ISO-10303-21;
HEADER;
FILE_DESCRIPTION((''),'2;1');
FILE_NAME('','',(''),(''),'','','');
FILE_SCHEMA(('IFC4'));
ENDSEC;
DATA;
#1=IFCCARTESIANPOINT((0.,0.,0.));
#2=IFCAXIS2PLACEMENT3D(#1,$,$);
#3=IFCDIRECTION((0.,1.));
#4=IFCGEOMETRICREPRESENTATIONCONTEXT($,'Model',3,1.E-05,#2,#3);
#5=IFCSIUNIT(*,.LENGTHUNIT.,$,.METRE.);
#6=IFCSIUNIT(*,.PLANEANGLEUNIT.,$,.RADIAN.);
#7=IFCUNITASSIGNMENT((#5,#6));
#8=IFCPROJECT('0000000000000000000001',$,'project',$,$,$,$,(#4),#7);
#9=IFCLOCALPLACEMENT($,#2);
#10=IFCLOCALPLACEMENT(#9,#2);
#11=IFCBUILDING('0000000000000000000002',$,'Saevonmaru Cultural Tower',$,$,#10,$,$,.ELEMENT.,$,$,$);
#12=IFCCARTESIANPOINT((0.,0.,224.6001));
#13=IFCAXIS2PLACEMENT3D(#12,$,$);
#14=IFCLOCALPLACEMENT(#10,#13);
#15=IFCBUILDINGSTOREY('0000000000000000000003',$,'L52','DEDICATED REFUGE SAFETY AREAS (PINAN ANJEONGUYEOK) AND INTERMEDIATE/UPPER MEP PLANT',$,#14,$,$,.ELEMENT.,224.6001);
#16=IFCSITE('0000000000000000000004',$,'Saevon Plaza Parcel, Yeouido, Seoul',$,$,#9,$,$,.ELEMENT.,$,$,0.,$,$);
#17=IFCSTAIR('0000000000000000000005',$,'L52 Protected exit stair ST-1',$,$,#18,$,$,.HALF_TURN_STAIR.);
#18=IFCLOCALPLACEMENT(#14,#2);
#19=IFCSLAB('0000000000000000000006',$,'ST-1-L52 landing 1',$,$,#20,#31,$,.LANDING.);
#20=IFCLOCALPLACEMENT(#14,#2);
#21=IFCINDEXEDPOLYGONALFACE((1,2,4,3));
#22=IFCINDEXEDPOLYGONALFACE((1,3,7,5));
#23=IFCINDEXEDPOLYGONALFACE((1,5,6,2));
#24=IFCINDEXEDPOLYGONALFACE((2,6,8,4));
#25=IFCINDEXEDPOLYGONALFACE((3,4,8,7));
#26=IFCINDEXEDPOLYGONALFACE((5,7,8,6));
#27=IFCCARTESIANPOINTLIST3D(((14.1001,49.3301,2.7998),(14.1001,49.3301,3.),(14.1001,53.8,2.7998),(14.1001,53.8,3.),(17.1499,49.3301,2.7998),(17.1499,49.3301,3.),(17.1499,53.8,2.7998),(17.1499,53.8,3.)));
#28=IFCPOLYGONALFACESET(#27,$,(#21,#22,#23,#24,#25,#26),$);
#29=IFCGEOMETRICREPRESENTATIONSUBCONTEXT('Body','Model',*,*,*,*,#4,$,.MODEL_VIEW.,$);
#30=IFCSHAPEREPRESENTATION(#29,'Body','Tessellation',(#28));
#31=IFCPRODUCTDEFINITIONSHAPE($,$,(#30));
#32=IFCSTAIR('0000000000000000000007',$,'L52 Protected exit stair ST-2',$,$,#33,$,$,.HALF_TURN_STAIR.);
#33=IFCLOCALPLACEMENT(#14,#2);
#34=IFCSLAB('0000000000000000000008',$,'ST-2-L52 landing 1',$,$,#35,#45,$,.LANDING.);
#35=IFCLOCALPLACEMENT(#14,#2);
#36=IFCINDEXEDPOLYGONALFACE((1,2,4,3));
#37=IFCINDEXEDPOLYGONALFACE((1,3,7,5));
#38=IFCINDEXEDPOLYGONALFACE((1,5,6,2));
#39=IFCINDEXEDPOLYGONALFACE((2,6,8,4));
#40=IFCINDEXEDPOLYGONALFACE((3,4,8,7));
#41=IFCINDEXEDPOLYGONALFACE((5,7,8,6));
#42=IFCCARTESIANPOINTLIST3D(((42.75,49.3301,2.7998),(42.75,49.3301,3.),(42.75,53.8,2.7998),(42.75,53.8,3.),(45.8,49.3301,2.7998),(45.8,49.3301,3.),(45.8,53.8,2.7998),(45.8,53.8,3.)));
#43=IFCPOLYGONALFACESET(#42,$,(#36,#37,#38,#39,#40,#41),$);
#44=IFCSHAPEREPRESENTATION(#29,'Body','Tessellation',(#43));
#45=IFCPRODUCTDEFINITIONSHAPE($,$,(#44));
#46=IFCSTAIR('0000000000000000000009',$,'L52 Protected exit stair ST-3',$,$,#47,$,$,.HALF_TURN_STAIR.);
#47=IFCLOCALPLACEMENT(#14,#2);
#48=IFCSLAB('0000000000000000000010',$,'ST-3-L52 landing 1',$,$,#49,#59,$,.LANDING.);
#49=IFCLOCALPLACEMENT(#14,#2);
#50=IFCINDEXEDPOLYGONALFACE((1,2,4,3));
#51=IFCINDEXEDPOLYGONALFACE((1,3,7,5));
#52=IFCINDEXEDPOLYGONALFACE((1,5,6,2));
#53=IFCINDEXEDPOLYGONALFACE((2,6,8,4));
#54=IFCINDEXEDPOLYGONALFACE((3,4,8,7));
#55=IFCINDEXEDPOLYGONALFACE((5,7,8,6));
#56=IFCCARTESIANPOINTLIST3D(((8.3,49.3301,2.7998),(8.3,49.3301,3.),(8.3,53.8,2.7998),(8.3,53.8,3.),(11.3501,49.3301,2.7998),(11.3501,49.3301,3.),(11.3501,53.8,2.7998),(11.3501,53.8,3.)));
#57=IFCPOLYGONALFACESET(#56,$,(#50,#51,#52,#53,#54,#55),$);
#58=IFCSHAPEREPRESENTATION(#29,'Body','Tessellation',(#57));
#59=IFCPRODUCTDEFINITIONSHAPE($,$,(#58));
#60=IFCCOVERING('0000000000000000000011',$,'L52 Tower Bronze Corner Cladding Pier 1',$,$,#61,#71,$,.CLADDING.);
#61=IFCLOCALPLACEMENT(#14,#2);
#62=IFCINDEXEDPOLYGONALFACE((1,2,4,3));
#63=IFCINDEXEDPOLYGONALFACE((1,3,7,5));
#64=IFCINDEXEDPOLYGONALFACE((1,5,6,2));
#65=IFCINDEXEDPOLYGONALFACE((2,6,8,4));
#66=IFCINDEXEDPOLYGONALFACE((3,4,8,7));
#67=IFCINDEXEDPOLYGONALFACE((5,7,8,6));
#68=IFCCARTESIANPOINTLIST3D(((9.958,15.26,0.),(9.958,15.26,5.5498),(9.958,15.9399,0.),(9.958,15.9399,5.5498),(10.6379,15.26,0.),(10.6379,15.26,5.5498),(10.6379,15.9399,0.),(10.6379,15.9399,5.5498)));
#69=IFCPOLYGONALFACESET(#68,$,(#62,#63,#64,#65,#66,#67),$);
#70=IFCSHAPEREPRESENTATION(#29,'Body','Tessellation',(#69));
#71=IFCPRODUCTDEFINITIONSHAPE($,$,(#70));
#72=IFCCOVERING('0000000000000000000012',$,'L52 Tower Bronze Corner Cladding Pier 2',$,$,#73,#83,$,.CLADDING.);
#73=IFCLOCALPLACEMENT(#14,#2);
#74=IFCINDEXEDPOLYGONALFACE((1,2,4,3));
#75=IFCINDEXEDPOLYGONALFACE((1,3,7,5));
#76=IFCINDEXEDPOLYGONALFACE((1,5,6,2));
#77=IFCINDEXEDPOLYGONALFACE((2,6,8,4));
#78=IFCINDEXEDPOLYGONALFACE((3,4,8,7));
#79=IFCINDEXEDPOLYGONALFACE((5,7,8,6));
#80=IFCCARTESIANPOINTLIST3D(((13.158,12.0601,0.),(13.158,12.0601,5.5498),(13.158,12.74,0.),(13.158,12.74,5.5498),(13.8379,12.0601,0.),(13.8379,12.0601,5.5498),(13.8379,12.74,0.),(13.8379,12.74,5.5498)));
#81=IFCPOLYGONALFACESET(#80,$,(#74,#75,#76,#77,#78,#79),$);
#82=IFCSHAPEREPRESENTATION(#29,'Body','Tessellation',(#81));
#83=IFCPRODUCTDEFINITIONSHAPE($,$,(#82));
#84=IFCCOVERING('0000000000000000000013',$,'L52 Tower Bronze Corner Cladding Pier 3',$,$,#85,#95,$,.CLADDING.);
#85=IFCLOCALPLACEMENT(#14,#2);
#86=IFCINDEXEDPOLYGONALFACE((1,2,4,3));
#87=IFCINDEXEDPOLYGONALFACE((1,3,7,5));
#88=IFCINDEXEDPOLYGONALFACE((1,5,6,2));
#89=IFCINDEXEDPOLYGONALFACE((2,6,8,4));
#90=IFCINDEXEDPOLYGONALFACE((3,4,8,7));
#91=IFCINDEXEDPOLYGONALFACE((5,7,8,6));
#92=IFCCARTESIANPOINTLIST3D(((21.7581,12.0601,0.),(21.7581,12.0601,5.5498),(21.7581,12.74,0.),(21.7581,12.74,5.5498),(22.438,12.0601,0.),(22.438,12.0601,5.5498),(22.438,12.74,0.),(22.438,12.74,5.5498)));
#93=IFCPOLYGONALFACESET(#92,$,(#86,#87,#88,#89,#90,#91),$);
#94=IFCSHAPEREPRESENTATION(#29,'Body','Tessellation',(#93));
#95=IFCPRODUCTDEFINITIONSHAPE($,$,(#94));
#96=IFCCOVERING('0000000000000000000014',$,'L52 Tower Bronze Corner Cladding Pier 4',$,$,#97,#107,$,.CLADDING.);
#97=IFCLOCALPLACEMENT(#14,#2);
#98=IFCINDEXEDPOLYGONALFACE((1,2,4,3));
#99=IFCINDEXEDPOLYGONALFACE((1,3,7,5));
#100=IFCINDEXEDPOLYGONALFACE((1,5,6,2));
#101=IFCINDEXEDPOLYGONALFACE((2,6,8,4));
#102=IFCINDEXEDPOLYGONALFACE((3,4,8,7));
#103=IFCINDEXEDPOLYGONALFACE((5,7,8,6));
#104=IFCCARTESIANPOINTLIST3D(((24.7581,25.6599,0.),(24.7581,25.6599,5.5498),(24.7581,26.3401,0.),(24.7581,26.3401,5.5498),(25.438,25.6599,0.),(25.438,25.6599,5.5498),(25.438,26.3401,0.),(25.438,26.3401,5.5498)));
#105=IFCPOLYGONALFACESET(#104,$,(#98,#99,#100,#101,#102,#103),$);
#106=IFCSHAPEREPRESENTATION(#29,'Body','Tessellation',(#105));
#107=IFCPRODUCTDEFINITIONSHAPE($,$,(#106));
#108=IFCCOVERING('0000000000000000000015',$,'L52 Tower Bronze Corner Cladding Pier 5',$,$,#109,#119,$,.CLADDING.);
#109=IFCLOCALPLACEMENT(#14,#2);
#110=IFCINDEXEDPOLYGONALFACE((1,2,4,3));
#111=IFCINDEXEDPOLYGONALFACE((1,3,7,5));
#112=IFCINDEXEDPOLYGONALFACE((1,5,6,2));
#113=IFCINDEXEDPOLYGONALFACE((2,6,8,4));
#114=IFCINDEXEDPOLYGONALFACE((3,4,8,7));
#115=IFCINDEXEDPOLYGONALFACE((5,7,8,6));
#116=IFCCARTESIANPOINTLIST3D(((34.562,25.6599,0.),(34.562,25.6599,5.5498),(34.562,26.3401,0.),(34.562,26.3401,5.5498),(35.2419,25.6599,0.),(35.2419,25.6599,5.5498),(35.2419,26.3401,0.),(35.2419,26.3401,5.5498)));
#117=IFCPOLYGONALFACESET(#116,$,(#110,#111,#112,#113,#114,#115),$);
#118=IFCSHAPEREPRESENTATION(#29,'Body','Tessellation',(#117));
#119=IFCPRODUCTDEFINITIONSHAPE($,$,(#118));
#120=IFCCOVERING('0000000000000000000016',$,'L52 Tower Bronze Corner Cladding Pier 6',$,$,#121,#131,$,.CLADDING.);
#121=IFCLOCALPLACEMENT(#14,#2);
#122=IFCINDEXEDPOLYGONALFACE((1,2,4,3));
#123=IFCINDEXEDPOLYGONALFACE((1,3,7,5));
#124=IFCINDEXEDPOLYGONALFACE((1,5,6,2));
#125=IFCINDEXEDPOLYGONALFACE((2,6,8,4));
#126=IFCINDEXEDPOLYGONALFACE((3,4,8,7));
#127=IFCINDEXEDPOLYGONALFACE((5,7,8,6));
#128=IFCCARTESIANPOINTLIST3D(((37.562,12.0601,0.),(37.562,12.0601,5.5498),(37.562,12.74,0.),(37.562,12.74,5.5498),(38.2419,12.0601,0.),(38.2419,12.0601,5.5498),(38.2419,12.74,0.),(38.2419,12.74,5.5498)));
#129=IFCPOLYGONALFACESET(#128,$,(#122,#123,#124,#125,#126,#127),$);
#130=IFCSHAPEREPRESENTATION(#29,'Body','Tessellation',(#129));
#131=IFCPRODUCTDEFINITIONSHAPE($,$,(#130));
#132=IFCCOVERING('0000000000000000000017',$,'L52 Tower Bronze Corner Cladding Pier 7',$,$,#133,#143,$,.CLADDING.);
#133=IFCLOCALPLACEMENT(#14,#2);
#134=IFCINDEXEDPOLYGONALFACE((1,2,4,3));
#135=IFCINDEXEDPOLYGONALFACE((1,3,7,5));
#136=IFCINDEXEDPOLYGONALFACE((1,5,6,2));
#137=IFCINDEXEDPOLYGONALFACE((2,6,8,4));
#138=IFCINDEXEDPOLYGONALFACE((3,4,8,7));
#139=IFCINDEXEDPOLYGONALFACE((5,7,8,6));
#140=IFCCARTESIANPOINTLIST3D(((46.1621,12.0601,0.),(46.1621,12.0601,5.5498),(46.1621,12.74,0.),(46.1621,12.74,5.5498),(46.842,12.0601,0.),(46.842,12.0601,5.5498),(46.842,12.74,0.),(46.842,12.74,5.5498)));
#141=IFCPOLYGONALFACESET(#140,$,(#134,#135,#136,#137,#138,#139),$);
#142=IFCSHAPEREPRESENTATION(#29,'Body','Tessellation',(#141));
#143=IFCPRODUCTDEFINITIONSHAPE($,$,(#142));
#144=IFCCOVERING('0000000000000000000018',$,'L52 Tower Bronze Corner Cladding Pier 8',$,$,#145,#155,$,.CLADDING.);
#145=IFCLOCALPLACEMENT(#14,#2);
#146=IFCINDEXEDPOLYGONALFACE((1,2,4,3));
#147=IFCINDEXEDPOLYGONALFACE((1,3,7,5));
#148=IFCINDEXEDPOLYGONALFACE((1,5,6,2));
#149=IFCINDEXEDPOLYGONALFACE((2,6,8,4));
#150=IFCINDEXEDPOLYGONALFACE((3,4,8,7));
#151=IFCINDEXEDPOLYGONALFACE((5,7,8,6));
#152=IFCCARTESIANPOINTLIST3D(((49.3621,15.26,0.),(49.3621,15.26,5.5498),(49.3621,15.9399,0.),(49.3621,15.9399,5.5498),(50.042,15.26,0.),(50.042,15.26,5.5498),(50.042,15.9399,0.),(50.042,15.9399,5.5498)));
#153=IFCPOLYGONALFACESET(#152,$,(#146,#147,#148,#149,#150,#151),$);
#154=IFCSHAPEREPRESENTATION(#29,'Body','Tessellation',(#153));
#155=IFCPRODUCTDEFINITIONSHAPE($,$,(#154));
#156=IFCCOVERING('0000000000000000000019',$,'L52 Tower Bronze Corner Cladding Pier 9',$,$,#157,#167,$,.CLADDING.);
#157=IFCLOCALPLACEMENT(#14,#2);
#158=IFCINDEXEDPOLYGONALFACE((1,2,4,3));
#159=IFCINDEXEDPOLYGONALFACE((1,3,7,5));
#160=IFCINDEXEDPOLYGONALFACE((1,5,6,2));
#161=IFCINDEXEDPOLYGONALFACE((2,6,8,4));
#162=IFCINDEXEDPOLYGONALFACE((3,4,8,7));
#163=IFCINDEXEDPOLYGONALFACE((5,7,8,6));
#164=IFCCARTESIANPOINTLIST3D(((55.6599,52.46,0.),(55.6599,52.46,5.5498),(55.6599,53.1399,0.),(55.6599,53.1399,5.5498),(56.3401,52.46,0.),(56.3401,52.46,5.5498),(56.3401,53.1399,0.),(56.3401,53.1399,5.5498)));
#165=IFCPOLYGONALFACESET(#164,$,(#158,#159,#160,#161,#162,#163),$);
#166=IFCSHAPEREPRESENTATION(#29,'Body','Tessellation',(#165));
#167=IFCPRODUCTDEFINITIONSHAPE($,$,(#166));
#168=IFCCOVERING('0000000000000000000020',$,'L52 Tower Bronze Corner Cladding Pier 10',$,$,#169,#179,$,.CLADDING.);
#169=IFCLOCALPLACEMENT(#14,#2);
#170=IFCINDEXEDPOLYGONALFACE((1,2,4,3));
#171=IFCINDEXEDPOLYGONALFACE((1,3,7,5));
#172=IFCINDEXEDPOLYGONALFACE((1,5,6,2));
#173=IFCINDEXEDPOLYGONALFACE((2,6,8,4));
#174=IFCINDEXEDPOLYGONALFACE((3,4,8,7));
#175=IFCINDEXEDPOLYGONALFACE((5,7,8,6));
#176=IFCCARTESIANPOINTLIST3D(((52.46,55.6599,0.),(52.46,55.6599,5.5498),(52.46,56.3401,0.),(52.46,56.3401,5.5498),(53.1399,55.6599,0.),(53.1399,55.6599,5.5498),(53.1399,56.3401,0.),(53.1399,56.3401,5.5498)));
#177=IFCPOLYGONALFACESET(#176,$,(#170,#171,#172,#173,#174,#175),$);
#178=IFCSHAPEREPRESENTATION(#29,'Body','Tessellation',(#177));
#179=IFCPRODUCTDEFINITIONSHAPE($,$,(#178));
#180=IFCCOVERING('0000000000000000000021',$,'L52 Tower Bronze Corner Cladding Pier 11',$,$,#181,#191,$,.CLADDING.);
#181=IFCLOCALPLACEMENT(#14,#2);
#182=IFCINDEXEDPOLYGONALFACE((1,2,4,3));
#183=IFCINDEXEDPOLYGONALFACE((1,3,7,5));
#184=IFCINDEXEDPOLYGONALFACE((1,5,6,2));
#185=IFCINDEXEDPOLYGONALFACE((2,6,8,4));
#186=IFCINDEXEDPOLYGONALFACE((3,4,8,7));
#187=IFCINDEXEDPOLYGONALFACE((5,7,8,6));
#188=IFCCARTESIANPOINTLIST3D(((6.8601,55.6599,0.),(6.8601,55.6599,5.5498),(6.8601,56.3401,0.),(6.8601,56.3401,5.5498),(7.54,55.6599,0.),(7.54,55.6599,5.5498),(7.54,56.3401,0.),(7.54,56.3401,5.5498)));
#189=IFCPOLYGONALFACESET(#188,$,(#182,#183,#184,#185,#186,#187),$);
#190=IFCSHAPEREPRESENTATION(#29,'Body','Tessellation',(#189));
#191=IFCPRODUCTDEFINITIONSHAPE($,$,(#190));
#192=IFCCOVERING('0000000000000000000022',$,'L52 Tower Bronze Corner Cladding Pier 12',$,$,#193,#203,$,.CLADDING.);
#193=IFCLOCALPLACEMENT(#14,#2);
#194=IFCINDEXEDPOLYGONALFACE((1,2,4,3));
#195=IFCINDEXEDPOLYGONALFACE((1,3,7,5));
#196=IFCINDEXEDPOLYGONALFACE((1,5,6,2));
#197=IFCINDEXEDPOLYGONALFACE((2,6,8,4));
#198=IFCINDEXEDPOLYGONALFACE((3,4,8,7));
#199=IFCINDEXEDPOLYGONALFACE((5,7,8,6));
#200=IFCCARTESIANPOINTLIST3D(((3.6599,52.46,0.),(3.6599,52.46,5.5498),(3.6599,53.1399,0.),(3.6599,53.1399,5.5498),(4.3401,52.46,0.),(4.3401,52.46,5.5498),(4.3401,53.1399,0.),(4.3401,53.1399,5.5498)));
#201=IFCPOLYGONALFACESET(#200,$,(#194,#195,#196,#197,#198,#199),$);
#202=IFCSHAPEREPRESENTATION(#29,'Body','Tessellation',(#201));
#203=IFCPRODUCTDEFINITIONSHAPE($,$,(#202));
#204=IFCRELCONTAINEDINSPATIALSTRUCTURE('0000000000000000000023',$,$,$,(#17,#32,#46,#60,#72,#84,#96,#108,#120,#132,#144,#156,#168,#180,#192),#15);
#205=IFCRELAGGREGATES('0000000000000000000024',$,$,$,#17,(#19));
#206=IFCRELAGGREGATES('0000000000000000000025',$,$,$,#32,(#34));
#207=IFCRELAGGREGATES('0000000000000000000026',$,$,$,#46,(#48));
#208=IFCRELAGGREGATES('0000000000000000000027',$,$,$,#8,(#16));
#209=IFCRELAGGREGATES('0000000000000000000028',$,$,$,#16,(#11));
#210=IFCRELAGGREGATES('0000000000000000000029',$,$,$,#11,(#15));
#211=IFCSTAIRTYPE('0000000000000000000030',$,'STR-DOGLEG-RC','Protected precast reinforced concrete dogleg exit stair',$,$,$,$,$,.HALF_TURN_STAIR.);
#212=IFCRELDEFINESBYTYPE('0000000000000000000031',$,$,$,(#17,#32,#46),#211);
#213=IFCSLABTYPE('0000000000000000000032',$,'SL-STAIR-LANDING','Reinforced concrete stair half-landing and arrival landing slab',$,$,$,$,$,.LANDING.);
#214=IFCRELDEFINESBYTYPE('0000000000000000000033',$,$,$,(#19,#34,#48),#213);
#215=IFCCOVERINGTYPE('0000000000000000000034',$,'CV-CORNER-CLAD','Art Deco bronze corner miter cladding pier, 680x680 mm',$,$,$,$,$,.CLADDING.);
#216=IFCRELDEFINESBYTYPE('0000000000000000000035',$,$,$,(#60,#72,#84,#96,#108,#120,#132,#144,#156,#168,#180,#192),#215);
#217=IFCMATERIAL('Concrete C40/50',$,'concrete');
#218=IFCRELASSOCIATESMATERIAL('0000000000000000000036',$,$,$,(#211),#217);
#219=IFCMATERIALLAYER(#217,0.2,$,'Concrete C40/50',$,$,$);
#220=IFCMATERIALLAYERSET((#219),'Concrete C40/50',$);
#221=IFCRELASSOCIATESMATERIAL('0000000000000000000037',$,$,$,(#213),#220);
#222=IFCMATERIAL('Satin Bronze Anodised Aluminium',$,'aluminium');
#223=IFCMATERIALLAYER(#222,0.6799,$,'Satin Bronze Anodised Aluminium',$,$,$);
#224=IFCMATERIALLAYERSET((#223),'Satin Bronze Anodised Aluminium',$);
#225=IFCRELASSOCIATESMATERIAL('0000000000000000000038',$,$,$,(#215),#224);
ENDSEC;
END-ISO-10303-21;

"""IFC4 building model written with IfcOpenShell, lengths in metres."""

from ifc_helpers import new_model, si_unit, direction, frame, origin, place, context, subcontext, project, spatial, polyline, outline, extrude, material, layer, layer_set, type_object, element, aggregate, save


model = new_model("IFC4")

# Units and contexts
model_context = context("Model", 3, precision=1e-05, world=origin(), true_north=direction((0.0, 1.0)))
body_context = subcontext(model_context, "Body", "Model", "MODEL_VIEW")
ifc_project = project(units=[si_unit("LENGTHUNIT", "METRE"), si_unit("PLANEANGLEUNIT", "RADIAN")], contexts=[model_context])

# Site, building, storey
site_placement = place(None, origin())
site = spatial("IfcSite", under=ifc_project, at=site_placement, Name="Saevon Plaza Parcel, Yeouido, Seoul", CompositionType="ELEMENT", RefElevation=0.0)
building_placement = place(site_placement, origin())
building = spatial("IfcBuilding", under=site, at=building_placement, Name="Saevonmaru Cultural Tower", CompositionType="ELEMENT")
storey_placement = place(building_placement, frame((0.0, 0.0, 224.6001)))
storey = spatial("IfcBuildingStorey", under=building, at=storey_placement, Name="L52", Description="DEDICATED REFUGE SAFETY AREAS (PINAN ANJEONGUYEOK) AND INTERMEDIATE/UPPER MEP PLANT", CompositionType="ELEMENT", Elevation=224.6001)

# Shared definitions
ifc_material_1 = material(Name="Satin Bronze Anodised Aluminium", Category="aluminium")

# Stairs, slabs
ifc_material_2 = material(Name="Concrete C40/50", Category="concrete")
stair_type = type_object("IfcStairType", Name="STR-DOGLEG-RC", Description="Protected precast reinforced concrete dogleg exit stair", PredefinedType="HALF_TURN_STAIR", material=ifc_material_2)
stair_1_placement = place(storey_placement, origin())
stair_1 = element("IfcStair", 1, at=stair_1_placement, inside=storey, type_object=stair_type, Name="L52 Protected exit stair ST-1", PredefinedType="HALF_TURN_STAIR")
ifc_layer_1 = layer(ifc_material_2, 0.2, Name="Concrete C40/50")
ifc_layer_set_1 = layer_set([ifc_layer_1], Name="Concrete C40/50")
slab_type_1 = type_object("IfcSlabType", Name="SL-STAIR-LANDING", Description="Reinforced concrete stair half-landing and arrival landing slab", PredefinedType="LANDING", material=ifc_layer_set_1)
slab_1_placement = place(storey_placement, frame((0.0, 0.0, 2.7998)))
slab_1 = element("IfcSlab", 2, at=slab_1_placement, type_object=slab_type_1, Name="ST-1-L52 landing 1", PredefinedType="LANDING", context=body_context, shape_type="SweptSolid", body=[
    extrude(outline(polyline([(17.1499, 49.3301), (17.1499, 53.8), (14.1001, 53.8), (14.1001, 49.3301), (17.1499, 49.3301)])), origin(), (0.0, 0.0, 1.0), 0.2002),
])
aggregate(stair_1, [slab_1])
stair_2_placement = place(storey_placement, origin())
stair_2 = element("IfcStair", 3, at=stair_2_placement, inside=storey, type_object=stair_type, Name="L52 Protected exit stair ST-2", PredefinedType="HALF_TURN_STAIR")
slab_2_placement = place(storey_placement, frame((0.0, 0.0, 2.7998)))
slab_2 = element("IfcSlab", 4, at=slab_2_placement, type_object=slab_type_1, Name="ST-2-L52 landing 1", PredefinedType="LANDING", context=body_context, shape_type="SweptSolid", body=[
    extrude(outline(polyline([(45.8, 49.3301), (45.8, 53.8), (42.75, 53.8), (42.75, 49.3301), (45.8, 49.3301)])), origin(), (0.0, 0.0, 1.0), 0.2002),
])
aggregate(stair_2, [slab_2])
stair_3_placement = place(storey_placement, origin())
stair_3 = element("IfcStair", 5, at=stair_3_placement, inside=storey, type_object=stair_type, Name="L52 Protected exit stair ST-3", PredefinedType="HALF_TURN_STAIR")
slab_3_placement = place(storey_placement, frame((0.0, 0.0, 2.7998)))
slab_3 = element("IfcSlab", 6, at=slab_3_placement, type_object=slab_type_1, Name="ST-3-L52 landing 1", PredefinedType="LANDING", context=body_context, shape_type="SweptSolid", body=[
    extrude(outline(polyline([(11.3501, 49.3301), (11.3501, 53.8), (8.3, 53.8), (8.3, 49.3301), (11.3501, 49.3301)])), origin(), (0.0, 0.0, 1.0), 0.2002),
])
aggregate(stair_3, [slab_3])

# Coverings
ifc_layer_2 = layer(ifc_material_1, 0.6799, Name="Satin Bronze Anodised Aluminium")
ifc_layer_set_2 = layer_set([ifc_layer_2], Name="Satin Bronze Anodised Aluminium")
covering_type = type_object("IfcCoveringType", Name="CV-CORNER-CLAD", Description="Art Deco bronze corner miter cladding pier, 680x680 mm", PredefinedType="CLADDING", material=ifc_layer_set_2)
covering_1_placement = place(storey_placement, origin())
element("IfcCovering", 7, at=covering_1_placement, inside=storey, type_object=covering_type, Name="L52 Tower Bronze Corner Cladding Pier 1", PredefinedType="CLADDING", context=body_context, shape_type="SweptSolid", body=[
    extrude(outline(polyline([(9.958, 15.26), (10.6379, 15.26), (10.6379, 15.9399), (9.958, 15.9399), (9.958, 15.26)])), origin(), (0.0, 0.0, 1.0), 5.5498),
])
covering_2_placement = place(storey_placement, origin())
element("IfcCovering", 8, at=covering_2_placement, inside=storey, type_object=covering_type, Name="L52 Tower Bronze Corner Cladding Pier 2", PredefinedType="CLADDING", context=body_context, shape_type="SweptSolid", body=[
    extrude(outline(polyline([(13.158, 12.0601), (13.8379, 12.0601), (13.8379, 12.74), (13.158, 12.74), (13.158, 12.0601)])), origin(), (0.0, 0.0, 1.0), 5.5498),
])
covering_3_placement = place(storey_placement, origin())
element("IfcCovering", 9, at=covering_3_placement, inside=storey, type_object=covering_type, Name="L52 Tower Bronze Corner Cladding Pier 3", PredefinedType="CLADDING", context=body_context, shape_type="SweptSolid", body=[
    extrude(outline(polyline([(21.7581, 12.0601), (22.438, 12.0601), (22.438, 12.74), (21.7581, 12.74), (21.7581, 12.0601)])), origin(), (0.0, 0.0, 1.0), 5.5498),
])
covering_4_placement = place(storey_placement, origin())
element("IfcCovering", 10, at=covering_4_placement, inside=storey, type_object=covering_type, Name="L52 Tower Bronze Corner Cladding Pier 4", PredefinedType="CLADDING", context=body_context, shape_type="SweptSolid", body=[
    extrude(outline(polyline([(24.7581, 25.6599), (25.438, 25.6599), (25.438, 26.3401), (24.7581, 26.3401), (24.7581, 25.6599)])), origin(), (0.0, 0.0, 1.0), 5.5498),
])
covering_5_placement = place(storey_placement, origin())
element("IfcCovering", 11, at=covering_5_placement, inside=storey, type_object=covering_type, Name="L52 Tower Bronze Corner Cladding Pier 5", PredefinedType="CLADDING", context=body_context, shape_type="SweptSolid", body=[
    extrude(outline(polyline([(34.562, 25.6599), (35.2419, 25.6599), (35.2419, 26.3401), (34.562, 26.3401), (34.562, 25.6599)])), origin(), (0.0, 0.0, 1.0), 5.5498),
])
covering_6_placement = place(storey_placement, origin())
element("IfcCovering", 12, at=covering_6_placement, inside=storey, type_object=covering_type, Name="L52 Tower Bronze Corner Cladding Pier 6", PredefinedType="CLADDING", context=body_context, shape_type="SweptSolid", body=[
    extrude(outline(polyline([(37.562, 12.0601), (38.2419, 12.0601), (38.2419, 12.74), (37.562, 12.74), (37.562, 12.0601)])), origin(), (0.0, 0.0, 1.0), 5.5498),
])
covering_7_placement = place(storey_placement, origin())
element("IfcCovering", 13, at=covering_7_placement, inside=storey, type_object=covering_type, Name="L52 Tower Bronze Corner Cladding Pier 7", PredefinedType="CLADDING", context=body_context, shape_type="SweptSolid", body=[
    extrude(outline(polyline([(46.1621, 12.0601), (46.842, 12.0601), (46.842, 12.74), (46.1621, 12.74), (46.1621, 12.0601)])), origin(), (0.0, 0.0, 1.0), 5.5498),
])
covering_8_placement = place(storey_placement, origin())
element("IfcCovering", 14, at=covering_8_placement, inside=storey, type_object=covering_type, Name="L52 Tower Bronze Corner Cladding Pier 8", PredefinedType="CLADDING", context=body_context, shape_type="SweptSolid", body=[
    extrude(outline(polyline([(49.3621, 15.26), (50.042, 15.26), (50.042, 15.9399), (49.3621, 15.9399), (49.3621, 15.26)])), origin(), (0.0, 0.0, 1.0), 5.5498),
])
covering_9_placement = place(storey_placement, origin())
element("IfcCovering", 15, at=covering_9_placement, inside=storey, type_object=covering_type, Name="L52 Tower Bronze Corner Cladding Pier 9", PredefinedType="CLADDING", context=body_context, shape_type="SweptSolid", body=[
    extrude(outline(polyline([(55.6599, 52.46), (56.3401, 52.46), (56.3401, 53.1399), (55.6599, 53.1399), (55.6599, 52.46)])), origin(), (0.0, 0.0, 1.0), 5.5498),
])
covering_10_placement = place(storey_placement, origin())
element("IfcCovering", 16, at=covering_10_placement, inside=storey, type_object=covering_type, Name="L52 Tower Bronze Corner Cladding Pier 10", PredefinedType="CLADDING", context=body_context, shape_type="SweptSolid", body=[
    extrude(outline(polyline([(52.46, 55.6599), (53.1399, 55.6599), (53.1399, 56.3401), (52.46, 56.3401), (52.46, 55.6599)])), origin(), (0.0, 0.0, 1.0), 5.5498),
])
covering_11_placement = place(storey_placement, origin())
element("IfcCovering", 17, at=covering_11_placement, inside=storey, type_object=covering_type, Name="L52 Tower Bronze Corner Cladding Pier 11", PredefinedType="CLADDING", context=body_context, shape_type="SweptSolid", body=[
    extrude(outline(polyline([(6.8601, 55.6599), (7.54, 55.6599), (7.54, 56.3401), (6.8601, 56.3401), (6.8601, 55.6599)])), origin(), (0.0, 0.0, 1.0), 5.5498),
])
covering_12_placement = place(storey_placement, origin())
element("IfcCovering", 18, at=covering_12_placement, inside=storey, type_object=covering_type, Name="L52 Tower Bronze Corner Cladding Pier 12", PredefinedType="CLADDING", context=body_context, shape_type="SweptSolid", body=[
    extrude(outline(polyline([(3.6599, 52.46), (4.3401, 52.46), (4.3401, 53.1399), (3.6599, 53.1399), (3.6599, 52.46)])), origin(), (0.0, 0.0, 1.0), 5.5498),
])

save(model, "model.ifc")
